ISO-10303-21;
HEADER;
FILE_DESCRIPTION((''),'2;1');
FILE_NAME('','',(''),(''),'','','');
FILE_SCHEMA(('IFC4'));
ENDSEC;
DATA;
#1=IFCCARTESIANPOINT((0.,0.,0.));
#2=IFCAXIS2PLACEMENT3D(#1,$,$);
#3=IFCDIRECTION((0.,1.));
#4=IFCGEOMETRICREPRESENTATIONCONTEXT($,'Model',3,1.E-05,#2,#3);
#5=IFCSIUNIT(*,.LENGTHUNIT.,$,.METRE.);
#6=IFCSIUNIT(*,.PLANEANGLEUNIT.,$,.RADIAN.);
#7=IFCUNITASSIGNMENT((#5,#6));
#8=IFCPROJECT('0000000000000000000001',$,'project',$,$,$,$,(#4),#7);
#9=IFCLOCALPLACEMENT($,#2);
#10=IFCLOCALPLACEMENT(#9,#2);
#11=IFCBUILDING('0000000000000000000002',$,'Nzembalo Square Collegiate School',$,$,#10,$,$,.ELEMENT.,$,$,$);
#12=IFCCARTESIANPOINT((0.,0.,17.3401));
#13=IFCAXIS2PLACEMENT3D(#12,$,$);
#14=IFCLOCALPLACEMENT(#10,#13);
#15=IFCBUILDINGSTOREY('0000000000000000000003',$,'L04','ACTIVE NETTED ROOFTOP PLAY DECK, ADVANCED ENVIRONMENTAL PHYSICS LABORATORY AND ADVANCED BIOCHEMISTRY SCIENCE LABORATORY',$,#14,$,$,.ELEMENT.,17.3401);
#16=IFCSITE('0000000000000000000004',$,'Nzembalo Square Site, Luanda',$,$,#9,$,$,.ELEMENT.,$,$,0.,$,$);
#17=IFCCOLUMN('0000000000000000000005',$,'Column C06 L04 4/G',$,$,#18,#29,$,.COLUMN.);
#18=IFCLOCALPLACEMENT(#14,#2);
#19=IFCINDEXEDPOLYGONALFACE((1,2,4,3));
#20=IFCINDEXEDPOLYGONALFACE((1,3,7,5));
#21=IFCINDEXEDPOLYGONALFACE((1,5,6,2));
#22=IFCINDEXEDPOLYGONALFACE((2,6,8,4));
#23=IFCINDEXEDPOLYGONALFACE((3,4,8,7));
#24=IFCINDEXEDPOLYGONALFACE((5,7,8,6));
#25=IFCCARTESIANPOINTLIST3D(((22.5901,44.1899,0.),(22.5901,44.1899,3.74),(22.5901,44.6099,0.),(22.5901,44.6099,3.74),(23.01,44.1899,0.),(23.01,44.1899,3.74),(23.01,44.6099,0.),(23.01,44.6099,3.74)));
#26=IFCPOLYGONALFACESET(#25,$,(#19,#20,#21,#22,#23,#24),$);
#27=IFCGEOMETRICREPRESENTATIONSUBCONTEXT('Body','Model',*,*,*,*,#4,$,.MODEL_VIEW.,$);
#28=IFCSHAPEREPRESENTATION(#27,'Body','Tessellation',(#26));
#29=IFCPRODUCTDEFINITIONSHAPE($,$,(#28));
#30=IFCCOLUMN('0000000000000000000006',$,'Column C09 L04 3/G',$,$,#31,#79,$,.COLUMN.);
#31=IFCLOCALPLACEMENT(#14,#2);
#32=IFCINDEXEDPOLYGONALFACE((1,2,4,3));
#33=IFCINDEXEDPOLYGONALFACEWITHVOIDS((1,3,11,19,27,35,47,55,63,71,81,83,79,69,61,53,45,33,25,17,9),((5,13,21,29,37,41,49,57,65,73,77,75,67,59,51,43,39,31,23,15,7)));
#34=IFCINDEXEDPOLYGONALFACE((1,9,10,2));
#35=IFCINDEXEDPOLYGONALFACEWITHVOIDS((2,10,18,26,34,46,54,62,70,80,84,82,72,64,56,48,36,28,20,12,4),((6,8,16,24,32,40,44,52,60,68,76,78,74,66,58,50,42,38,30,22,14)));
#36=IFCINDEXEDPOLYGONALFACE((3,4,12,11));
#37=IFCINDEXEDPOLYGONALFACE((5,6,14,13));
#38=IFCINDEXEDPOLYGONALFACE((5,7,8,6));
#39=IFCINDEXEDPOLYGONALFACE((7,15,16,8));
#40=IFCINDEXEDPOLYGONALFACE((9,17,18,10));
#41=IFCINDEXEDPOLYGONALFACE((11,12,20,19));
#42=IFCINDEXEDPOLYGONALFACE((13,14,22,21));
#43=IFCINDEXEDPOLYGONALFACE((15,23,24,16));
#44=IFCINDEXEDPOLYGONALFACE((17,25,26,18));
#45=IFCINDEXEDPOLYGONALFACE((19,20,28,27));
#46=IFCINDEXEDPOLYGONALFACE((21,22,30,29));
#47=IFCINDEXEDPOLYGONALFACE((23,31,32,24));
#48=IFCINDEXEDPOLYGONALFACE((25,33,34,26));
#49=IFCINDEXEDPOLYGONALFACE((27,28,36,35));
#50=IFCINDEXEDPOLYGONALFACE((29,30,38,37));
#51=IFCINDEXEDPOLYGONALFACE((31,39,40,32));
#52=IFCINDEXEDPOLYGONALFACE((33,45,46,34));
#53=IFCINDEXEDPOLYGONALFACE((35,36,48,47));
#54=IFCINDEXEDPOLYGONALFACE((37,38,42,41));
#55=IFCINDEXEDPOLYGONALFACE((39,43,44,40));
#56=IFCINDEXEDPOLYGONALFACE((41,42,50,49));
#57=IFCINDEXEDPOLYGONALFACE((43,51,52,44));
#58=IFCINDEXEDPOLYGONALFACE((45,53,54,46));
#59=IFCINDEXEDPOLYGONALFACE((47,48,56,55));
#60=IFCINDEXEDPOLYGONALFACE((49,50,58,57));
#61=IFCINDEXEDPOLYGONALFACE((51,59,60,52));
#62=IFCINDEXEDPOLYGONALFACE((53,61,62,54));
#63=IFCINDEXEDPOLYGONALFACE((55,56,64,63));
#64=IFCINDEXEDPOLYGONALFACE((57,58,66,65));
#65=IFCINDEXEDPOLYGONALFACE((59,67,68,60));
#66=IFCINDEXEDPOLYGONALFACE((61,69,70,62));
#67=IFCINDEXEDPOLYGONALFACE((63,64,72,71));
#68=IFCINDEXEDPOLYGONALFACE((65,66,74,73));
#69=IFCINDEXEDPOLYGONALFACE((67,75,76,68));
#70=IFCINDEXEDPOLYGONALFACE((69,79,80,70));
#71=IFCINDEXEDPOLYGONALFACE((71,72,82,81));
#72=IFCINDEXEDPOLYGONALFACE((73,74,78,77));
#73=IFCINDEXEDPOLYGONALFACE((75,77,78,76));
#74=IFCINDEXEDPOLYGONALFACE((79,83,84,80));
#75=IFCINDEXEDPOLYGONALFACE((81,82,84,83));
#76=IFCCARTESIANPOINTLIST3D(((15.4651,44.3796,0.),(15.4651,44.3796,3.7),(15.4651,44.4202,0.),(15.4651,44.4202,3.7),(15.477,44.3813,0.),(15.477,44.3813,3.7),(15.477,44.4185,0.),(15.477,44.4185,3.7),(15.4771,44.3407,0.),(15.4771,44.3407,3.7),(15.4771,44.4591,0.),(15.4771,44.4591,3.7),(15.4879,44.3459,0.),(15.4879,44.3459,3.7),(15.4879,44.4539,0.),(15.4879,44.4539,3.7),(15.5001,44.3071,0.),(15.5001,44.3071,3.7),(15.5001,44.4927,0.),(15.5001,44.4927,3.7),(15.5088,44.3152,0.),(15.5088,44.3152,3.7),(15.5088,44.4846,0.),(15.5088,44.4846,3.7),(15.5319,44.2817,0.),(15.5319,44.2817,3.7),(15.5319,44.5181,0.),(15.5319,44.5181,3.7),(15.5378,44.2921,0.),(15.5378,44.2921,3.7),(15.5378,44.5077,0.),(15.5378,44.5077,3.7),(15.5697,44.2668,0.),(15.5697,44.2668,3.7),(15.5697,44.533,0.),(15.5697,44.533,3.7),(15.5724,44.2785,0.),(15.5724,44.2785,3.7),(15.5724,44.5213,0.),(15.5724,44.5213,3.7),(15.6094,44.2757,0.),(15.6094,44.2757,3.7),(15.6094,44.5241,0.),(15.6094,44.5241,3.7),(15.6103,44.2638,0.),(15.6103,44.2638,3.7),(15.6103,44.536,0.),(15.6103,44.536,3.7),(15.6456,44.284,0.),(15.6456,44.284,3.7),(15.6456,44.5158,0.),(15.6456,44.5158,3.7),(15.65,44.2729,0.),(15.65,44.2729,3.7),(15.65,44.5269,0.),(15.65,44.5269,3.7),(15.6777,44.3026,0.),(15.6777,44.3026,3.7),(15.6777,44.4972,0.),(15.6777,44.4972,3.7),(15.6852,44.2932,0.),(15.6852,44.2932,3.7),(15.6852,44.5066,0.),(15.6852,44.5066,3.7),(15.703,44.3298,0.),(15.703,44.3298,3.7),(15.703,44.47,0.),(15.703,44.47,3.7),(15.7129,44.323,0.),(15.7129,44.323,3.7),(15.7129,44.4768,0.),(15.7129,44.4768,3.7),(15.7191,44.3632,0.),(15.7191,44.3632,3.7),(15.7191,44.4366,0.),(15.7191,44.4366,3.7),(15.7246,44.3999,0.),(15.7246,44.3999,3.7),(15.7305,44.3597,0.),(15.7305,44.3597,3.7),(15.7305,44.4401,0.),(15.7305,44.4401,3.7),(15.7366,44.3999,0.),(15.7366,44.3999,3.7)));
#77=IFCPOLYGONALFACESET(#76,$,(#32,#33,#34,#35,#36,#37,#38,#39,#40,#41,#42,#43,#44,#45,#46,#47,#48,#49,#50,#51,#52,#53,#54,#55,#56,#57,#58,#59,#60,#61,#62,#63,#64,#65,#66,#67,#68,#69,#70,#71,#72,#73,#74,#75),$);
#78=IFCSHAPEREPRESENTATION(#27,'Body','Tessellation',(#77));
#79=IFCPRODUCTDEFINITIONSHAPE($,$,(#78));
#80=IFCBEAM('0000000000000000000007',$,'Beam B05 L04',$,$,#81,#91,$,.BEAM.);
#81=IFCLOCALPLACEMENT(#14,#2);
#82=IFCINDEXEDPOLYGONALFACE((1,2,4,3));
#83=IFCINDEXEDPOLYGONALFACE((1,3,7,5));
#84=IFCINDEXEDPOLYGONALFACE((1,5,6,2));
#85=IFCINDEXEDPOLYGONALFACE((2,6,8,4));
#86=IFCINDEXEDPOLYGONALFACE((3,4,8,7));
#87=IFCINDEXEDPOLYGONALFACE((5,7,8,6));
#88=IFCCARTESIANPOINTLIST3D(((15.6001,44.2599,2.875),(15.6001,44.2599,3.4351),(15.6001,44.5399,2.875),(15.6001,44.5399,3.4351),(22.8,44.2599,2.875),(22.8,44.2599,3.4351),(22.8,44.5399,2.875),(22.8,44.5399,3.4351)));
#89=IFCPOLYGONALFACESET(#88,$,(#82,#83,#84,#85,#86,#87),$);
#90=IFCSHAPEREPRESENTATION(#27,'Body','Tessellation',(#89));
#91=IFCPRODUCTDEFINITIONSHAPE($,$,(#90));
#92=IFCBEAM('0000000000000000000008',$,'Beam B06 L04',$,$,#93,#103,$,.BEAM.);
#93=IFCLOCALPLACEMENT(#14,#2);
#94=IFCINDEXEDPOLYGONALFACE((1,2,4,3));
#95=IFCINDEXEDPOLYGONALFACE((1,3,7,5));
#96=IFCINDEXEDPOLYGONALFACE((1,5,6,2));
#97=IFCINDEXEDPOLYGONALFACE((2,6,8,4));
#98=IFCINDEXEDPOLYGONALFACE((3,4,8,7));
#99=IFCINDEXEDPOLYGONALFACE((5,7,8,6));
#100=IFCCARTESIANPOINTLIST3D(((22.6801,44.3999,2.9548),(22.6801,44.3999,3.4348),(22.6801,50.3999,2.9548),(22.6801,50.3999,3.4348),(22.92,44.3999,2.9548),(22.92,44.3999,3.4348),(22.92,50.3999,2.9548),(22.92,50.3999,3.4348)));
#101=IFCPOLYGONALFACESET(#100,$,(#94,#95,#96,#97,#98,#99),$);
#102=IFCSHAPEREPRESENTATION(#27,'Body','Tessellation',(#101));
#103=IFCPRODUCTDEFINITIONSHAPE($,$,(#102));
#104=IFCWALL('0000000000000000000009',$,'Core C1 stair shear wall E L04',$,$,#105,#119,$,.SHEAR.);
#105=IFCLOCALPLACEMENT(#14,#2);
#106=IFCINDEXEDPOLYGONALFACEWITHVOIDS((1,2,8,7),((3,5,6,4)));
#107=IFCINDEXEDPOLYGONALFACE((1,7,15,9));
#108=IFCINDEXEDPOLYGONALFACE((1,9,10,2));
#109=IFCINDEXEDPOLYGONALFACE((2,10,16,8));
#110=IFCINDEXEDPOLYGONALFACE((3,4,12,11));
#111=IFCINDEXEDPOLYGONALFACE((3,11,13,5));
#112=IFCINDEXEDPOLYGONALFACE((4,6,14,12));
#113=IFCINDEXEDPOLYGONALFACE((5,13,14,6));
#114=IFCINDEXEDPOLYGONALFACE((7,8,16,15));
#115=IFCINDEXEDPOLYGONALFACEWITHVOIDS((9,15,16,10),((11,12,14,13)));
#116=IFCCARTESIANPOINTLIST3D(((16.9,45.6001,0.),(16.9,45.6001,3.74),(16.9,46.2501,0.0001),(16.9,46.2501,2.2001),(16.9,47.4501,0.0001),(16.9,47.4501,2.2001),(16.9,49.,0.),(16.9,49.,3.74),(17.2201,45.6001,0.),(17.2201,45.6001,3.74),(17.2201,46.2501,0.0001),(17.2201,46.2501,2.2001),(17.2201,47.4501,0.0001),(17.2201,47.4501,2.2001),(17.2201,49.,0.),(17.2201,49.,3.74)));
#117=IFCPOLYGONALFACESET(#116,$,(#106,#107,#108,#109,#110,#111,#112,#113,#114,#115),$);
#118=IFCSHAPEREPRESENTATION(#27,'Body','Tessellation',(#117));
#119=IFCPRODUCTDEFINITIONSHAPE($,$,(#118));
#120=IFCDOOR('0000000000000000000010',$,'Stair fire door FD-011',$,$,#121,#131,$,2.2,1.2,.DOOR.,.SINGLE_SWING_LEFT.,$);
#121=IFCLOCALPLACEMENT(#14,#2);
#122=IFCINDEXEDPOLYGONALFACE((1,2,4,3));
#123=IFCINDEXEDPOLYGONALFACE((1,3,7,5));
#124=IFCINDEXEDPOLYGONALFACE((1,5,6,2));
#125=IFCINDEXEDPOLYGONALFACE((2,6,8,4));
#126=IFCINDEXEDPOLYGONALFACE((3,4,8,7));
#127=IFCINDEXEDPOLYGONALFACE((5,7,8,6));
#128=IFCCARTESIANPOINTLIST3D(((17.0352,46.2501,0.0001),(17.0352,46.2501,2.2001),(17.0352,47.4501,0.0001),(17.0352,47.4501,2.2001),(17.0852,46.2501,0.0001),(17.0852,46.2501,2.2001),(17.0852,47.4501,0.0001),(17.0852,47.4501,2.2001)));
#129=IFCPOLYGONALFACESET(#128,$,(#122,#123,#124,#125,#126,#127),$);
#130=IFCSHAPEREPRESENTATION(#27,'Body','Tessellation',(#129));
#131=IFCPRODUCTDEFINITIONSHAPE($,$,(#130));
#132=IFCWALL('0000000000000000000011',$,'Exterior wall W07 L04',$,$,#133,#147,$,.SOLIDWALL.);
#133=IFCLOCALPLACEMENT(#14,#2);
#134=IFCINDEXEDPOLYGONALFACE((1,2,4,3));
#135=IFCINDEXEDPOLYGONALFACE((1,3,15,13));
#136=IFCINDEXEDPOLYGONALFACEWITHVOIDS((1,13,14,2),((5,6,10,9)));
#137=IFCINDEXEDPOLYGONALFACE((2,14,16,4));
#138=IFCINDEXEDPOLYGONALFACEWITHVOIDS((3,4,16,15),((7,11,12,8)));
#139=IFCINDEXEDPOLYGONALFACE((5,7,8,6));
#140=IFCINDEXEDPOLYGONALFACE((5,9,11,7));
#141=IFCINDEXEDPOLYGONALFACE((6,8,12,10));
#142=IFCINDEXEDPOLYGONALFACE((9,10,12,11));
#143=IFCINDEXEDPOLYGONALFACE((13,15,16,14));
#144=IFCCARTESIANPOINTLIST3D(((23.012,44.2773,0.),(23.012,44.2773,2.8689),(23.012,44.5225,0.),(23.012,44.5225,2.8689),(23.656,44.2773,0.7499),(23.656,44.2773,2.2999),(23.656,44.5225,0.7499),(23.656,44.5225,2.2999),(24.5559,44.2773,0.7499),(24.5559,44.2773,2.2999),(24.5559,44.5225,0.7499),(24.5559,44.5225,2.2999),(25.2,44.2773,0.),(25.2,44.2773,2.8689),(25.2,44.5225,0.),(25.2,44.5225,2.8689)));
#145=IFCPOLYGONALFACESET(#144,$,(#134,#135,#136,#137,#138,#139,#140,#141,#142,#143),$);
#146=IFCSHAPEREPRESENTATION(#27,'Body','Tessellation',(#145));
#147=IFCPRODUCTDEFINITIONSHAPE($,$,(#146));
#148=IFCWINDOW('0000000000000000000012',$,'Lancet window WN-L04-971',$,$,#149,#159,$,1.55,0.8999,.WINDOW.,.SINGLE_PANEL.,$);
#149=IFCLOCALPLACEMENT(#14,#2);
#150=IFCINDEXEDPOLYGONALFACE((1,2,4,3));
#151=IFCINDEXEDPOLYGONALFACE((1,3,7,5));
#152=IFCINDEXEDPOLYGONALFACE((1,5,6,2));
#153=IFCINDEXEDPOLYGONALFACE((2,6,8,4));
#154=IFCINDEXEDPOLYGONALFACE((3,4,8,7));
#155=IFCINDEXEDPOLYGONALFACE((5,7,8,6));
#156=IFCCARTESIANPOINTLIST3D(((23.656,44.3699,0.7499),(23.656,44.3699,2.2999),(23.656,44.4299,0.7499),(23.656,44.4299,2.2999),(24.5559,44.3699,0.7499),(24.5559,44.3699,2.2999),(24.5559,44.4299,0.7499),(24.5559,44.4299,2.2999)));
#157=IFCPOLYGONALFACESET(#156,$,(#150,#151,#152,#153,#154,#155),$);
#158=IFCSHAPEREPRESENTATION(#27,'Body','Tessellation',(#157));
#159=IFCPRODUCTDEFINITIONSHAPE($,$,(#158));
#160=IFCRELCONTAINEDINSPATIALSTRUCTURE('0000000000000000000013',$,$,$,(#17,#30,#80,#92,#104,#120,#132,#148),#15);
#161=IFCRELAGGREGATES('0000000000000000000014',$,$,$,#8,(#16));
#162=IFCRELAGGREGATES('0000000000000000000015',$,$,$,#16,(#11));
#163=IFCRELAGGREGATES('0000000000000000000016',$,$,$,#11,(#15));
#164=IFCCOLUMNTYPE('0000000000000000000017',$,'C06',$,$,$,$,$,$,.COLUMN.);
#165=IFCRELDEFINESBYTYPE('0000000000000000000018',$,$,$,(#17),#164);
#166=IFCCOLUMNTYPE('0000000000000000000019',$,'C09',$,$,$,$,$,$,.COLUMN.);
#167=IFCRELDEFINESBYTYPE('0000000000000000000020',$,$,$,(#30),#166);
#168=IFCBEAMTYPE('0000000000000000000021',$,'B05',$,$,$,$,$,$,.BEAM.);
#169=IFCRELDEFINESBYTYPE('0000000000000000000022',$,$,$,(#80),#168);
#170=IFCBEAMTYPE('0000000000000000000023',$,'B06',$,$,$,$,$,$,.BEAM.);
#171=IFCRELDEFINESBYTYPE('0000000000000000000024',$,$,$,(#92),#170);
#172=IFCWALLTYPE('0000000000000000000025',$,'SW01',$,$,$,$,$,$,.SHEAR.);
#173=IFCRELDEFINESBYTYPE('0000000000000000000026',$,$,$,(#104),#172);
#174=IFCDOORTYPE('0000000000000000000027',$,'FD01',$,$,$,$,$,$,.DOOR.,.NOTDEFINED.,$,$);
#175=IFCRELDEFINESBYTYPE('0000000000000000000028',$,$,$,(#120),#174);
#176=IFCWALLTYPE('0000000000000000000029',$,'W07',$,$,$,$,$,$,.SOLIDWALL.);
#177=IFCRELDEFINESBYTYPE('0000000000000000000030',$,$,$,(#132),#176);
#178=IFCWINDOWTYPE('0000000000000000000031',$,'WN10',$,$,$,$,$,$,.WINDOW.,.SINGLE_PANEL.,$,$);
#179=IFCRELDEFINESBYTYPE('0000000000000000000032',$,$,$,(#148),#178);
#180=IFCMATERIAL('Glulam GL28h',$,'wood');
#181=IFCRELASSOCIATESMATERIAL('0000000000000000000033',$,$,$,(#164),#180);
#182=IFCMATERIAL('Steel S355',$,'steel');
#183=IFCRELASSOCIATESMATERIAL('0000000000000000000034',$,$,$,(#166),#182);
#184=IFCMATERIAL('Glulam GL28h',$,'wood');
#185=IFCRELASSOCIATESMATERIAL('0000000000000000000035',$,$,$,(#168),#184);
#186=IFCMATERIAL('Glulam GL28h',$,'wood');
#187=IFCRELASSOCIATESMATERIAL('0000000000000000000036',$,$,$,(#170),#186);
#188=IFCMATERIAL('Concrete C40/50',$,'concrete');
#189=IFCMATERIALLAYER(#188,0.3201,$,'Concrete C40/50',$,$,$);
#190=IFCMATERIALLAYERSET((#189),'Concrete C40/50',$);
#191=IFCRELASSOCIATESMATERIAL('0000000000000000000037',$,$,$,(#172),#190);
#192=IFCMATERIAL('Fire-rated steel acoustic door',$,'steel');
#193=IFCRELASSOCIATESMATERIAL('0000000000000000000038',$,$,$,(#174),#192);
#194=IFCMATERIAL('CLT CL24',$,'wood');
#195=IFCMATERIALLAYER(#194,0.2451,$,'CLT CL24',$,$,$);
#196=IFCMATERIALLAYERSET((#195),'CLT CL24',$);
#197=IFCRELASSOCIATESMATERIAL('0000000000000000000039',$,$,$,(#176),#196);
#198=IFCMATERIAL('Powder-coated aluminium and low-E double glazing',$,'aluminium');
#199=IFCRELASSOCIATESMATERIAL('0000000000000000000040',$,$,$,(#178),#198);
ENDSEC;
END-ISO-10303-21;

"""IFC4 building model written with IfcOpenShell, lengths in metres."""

from ifc_helpers import new_model, si_unit, direction, frame, frame_2d, origin, origin_2d, place, context, subcontext, project, spatial, rectangle, hollow_circle, extrude, material, layer, layer_set, material_profile, profile_set, type_object, element, fill, save


model = new_model("IFC4")

# Units and contexts
model_context = context("Model", 3, precision=1e-05, world=origin(), true_north=direction((0.0, 1.0)))
body_context = subcontext(model_context, "Body", "Model", "MODEL_VIEW")
ifc_project = project(units=[si_unit("LENGTHUNIT", "METRE"), si_unit("PLANEANGLEUNIT", "RADIAN")], contexts=[model_context])

# Site, building, storey
site_placement = place(None, origin())
site = spatial("IfcSite", under=ifc_project, at=site_placement, Name="Nzembalo Square Site, Luanda", CompositionType="ELEMENT", RefElevation=0.0)
building_placement = place(site_placement, origin())
building = spatial("IfcBuilding", under=site, at=building_placement, Name="Nzembalo Square Collegiate School", CompositionType="ELEMENT")
storey_placement = place(building_placement, frame((0.0, 0.0, 17.3401)))
storey = spatial("IfcBuildingStorey", under=building, at=storey_placement, Name="L04", Description="ACTIVE NETTED ROOFTOP PLAY DECK, ADVANCED ENVIRONMENTAL PHYSICS LABORATORY AND ADVANCED BIOCHEMISTRY SCIENCE LABORATORY", CompositionType="ELEMENT", Elevation=17.3401)

# Columns
ifc_material_1 = material(Name="Glulam GL28h", Category="wood")
ifc_material_profile_1 = material_profile(ifc_material_1, rectangle(XDim=0.4199, YDim=0.4199, at=origin_2d()), Name="GL28h 420x420")
ifc_profile_set_1 = profile_set([ifc_material_profile_1], Name="Glulam GL28h")
column_type_1 = type_object("IfcColumnType", Name="C06", PredefinedType="COLUMN", material=ifc_profile_set_1)
column_1_placement = place(storey_placement, frame((22.8, 44.3999, 0.0), z_axis=(0.0, 0.0, 1.0), x_axis=(1.0, 0.0, 0.0)))
element("IfcColumn", 1, at=column_1_placement, inside=storey, type_object=column_type_1, Name="Column C06 L04 4/G", PredefinedType="COLUMN", context=body_context, shape_type="SweptSolid", body=[
    extrude(rectangle(XDim=0.4199, YDim=0.4199, at=origin_2d()), origin(), (0.0, 0.0, 1.0), 3.74),
])
ifc_material_2 = material(Name="Steel S355", Category="steel")
ifc_material_profile_2 = material_profile(ifc_material_2, hollow_circle(Radius=0.1365, WallThickness=0.012, at=origin_2d()), Name="CHS 273x12")
ifc_profile_set_2 = profile_set([ifc_material_profile_2], Name="Steel S355")
column_type_2 = type_object("IfcColumnType", Name="C09", PredefinedType="COLUMN", material=ifc_profile_set_2)
column_2_placement = place(storey_placement, frame((15.6001, 44.3999, 0.0), z_axis=(0.0, 0.0, 1.0), x_axis=(1.0, 0.0, 0.0)))
element("IfcColumn", 2, at=column_2_placement, inside=storey, type_object=column_type_2, Name="Column C09 L04 3/G", PredefinedType="COLUMN", context=body_context, shape_type="SweptSolid", body=[
    extrude(hollow_circle(Radius=0.1365, WallThickness=0.012, at=origin_2d()), origin(), (0.0, 0.0, 1.0), 3.7),
])

# Beams
ifc_material_3 = material(Name="Glulam GL28h", Category="wood")
ifc_material_profile_3 = material_profile(ifc_material_3, rectangle(XDim=0.28, YDim=0.5601, at=origin_2d()), Name="GL28h 280x560")
ifc_profile_set_3 = profile_set([ifc_material_profile_3], Name="Glulam GL28h")
beam_type_1 = type_object("IfcBeamType", Name="B05", PredefinedType="BEAM", material=ifc_profile_set_3)
beam_1_placement = place(storey_placement, frame((15.6001, 44.3999, 3.155), z_axis=(1.0, 0.0, 0.0), x_axis=(0.0, 1.0, 0.0)))
element("IfcBeam", 3, at=beam_1_placement, inside=storey, type_object=beam_type_1, Name="Beam B05 L04", PredefinedType="BEAM", context=body_context, shape_type="SweptSolid", body=[
    extrude(rectangle(XDim=0.28, YDim=0.5601, at=origin_2d()), origin(), (0.0, 0.0, 1.0), 7.2),
])
ifc_material_4 = material(Name="Glulam GL28h", Category="wood")
ifc_material_profile_4 = material_profile(ifc_material_4, rectangle(XDim=0.24, YDim=0.48, at=origin_2d()), Name="GL28h 240x480")
ifc_profile_set_4 = profile_set([ifc_material_profile_4], Name="Glulam GL28h")
beam_type_2 = type_object("IfcBeamType", Name="B06", PredefinedType="BEAM", material=ifc_profile_set_4)
beam_2_placement = place(storey_placement, frame((22.8, 44.3999, 3.1948), z_axis=(0.0, 1.0, 0.0), x_axis=(-1.0, 0.0, 0.0)))
element("IfcBeam", 4, at=beam_2_placement, inside=storey, type_object=beam_type_2, Name="Beam B06 L04", PredefinedType="BEAM", context=body_context, shape_type="SweptSolid", body=[
    extrude(rectangle(XDim=0.24, YDim=0.48, at=origin_2d()), origin(), (0.0, 0.0, 1.0), 6.0),
])

# Wall, opening, door
ifc_material_5 = material(Name="Concrete C40/50", Category="concrete")
ifc_layer_1 = layer(ifc_material_5, 0.3201, Name="Concrete C40/50")
ifc_layer_set_1 = layer_set([ifc_layer_1], Name="Concrete C40/50")
wall_type_1 = type_object("IfcWallType", Name="SW01", PredefinedType="SHEAR", material=ifc_layer_set_1)
wall_1_placement = place(storey_placement, frame((17.0601, 45.6001, 0.0), z_axis=(0.0, 0.0, 1.0), x_axis=(0.0, 1.0, 0.0)))
wall_1 = element("IfcWall", 5, at=wall_1_placement, inside=storey, type_object=wall_type_1, Name="Core C1 stair shear wall E L04", PredefinedType="SHEAR", context=body_context, shape_type="SweptSolid", body=[
    extrude(rectangle(XDim=3.3999, YDim=0.3201, at=frame_2d((1.7, 0.0))), origin(), (0.0, 0.0, 1.0), 3.74),
])
opening_1_placement = place(wall_1_placement, frame((0.6499, 0.0, 0.0)))
opening_1 = element("IfcOpeningElement", 6, at=opening_1_placement, cuts=wall_1, PredefinedType="OPENING", context=body_context, shape_type="SweptSolid", body=[
    extrude(rectangle(XDim=1.2, YDim=2.2, at=frame_2d((0.6001, 1.1001))), frame((0.0, 0.1699, 0.0), z_axis=(0.0, -1.0, 0.0), x_axis=(1.0, 0.0, 0.0)), (0.0, 0.0, 1.0), 0.3401),
])
ifc_material_6 = material(Name="Fire-rated steel acoustic door", Category="steel")
door_type_1 = type_object("IfcDoorType", Name="FD01", OperationType="NOTDEFINED", PredefinedType="DOOR", material=ifc_material_6)
door_1_placement = place(opening_1_placement, origin())
door_1 = element("IfcDoor", 7, at=door_1_placement, inside=storey, type_object=door_type_1, Name="Stair fire door FD-011", OperationType="SINGLE_SWING_LEFT", OverallHeight=2.2, OverallWidth=1.2, PredefinedType="DOOR", context=body_context, shape_type="SweptSolid", body=[
    extrude(rectangle(XDim=1.2, YDim=2.2, at=frame_2d((0.6001, 1.1001))), frame((0.0, 0.0249, 0.0), z_axis=(0.0, -1.0, 0.0), x_axis=(1.0, 0.0, 0.0)), (0.0, 0.0, 1.0), 0.05),
])
fill(opening_1, door_1)

# Wall, opening, window
ifc_material_7 = material(Name="CLT CL24", Category="wood")
ifc_layer_2 = layer(ifc_material_7, 0.2451, Name="CLT CL24")
ifc_layer_set_2 = layer_set([ifc_layer_2], Name="CLT CL24")
wall_type_2 = type_object("IfcWallType", Name="W07", PredefinedType="SOLIDWALL", material=ifc_layer_set_2)
wall_2_placement = place(storey_placement, frame((23.012, 44.3999, 0.0), z_axis=(0.0, 0.0, 1.0), x_axis=(1.0, 0.0, 0.0)))
wall_2 = element("IfcWall", 8, at=wall_2_placement, inside=storey, type_object=wall_type_2, Name="Exterior wall W07 L04", PredefinedType="SOLIDWALL", context=body_context, shape_type="SweptSolid", body=[
    extrude(rectangle(XDim=2.188, YDim=0.2451, at=frame_2d((1.094, 0.0))), origin(), (0.0, 0.0, 1.0), 2.8689),
])
opening_2_placement = place(wall_2_placement, frame((0.644, 0.0, 0.75)))
opening_2 = element("IfcOpeningElement", 9, at=opening_2_placement, cuts=wall_2, PredefinedType="OPENING", context=body_context, shape_type="SweptSolid", body=[
    extrude(rectangle(XDim=0.8999, YDim=1.55, at=frame_2d((0.45, 0.7749))), frame((0.0, 0.1326, 0.0), z_axis=(0.0, -1.0, 0.0), x_axis=(1.0, 0.0, 0.0)), (0.0, 0.0, 1.0), 0.2651),
])
ifc_material_8 = material(Name="Powder-coated aluminium and low-E double glazing", Category="aluminium")
window_type_1 = type_object("IfcWindowType", Name="WN10", PartitioningType="SINGLE_PANEL", PredefinedType="WINDOW", material=ifc_material_8)
window_1_placement = place(opening_2_placement, origin())
window_1 = element("IfcWindow", 10, at=window_1_placement, inside=storey, type_object=window_type_1, Name="Lancet window WN-L04-971", OverallHeight=1.55, OverallWidth=0.8999, PartitioningType="SINGLE_PANEL", PredefinedType="WINDOW", context=body_context, shape_type="SweptSolid", body=[
    extrude(rectangle(XDim=0.8999, YDim=1.55, at=frame_2d((0.45, 0.7749))), frame((0.0, 0.03, 0.0), z_axis=(0.0, -1.0, 0.0), x_axis=(1.0, 0.0, 0.0)), (0.0, 0.0, 1.0), 0.0601),
])
fill(opening_2, window_1)

save(model, "model.ifc")
